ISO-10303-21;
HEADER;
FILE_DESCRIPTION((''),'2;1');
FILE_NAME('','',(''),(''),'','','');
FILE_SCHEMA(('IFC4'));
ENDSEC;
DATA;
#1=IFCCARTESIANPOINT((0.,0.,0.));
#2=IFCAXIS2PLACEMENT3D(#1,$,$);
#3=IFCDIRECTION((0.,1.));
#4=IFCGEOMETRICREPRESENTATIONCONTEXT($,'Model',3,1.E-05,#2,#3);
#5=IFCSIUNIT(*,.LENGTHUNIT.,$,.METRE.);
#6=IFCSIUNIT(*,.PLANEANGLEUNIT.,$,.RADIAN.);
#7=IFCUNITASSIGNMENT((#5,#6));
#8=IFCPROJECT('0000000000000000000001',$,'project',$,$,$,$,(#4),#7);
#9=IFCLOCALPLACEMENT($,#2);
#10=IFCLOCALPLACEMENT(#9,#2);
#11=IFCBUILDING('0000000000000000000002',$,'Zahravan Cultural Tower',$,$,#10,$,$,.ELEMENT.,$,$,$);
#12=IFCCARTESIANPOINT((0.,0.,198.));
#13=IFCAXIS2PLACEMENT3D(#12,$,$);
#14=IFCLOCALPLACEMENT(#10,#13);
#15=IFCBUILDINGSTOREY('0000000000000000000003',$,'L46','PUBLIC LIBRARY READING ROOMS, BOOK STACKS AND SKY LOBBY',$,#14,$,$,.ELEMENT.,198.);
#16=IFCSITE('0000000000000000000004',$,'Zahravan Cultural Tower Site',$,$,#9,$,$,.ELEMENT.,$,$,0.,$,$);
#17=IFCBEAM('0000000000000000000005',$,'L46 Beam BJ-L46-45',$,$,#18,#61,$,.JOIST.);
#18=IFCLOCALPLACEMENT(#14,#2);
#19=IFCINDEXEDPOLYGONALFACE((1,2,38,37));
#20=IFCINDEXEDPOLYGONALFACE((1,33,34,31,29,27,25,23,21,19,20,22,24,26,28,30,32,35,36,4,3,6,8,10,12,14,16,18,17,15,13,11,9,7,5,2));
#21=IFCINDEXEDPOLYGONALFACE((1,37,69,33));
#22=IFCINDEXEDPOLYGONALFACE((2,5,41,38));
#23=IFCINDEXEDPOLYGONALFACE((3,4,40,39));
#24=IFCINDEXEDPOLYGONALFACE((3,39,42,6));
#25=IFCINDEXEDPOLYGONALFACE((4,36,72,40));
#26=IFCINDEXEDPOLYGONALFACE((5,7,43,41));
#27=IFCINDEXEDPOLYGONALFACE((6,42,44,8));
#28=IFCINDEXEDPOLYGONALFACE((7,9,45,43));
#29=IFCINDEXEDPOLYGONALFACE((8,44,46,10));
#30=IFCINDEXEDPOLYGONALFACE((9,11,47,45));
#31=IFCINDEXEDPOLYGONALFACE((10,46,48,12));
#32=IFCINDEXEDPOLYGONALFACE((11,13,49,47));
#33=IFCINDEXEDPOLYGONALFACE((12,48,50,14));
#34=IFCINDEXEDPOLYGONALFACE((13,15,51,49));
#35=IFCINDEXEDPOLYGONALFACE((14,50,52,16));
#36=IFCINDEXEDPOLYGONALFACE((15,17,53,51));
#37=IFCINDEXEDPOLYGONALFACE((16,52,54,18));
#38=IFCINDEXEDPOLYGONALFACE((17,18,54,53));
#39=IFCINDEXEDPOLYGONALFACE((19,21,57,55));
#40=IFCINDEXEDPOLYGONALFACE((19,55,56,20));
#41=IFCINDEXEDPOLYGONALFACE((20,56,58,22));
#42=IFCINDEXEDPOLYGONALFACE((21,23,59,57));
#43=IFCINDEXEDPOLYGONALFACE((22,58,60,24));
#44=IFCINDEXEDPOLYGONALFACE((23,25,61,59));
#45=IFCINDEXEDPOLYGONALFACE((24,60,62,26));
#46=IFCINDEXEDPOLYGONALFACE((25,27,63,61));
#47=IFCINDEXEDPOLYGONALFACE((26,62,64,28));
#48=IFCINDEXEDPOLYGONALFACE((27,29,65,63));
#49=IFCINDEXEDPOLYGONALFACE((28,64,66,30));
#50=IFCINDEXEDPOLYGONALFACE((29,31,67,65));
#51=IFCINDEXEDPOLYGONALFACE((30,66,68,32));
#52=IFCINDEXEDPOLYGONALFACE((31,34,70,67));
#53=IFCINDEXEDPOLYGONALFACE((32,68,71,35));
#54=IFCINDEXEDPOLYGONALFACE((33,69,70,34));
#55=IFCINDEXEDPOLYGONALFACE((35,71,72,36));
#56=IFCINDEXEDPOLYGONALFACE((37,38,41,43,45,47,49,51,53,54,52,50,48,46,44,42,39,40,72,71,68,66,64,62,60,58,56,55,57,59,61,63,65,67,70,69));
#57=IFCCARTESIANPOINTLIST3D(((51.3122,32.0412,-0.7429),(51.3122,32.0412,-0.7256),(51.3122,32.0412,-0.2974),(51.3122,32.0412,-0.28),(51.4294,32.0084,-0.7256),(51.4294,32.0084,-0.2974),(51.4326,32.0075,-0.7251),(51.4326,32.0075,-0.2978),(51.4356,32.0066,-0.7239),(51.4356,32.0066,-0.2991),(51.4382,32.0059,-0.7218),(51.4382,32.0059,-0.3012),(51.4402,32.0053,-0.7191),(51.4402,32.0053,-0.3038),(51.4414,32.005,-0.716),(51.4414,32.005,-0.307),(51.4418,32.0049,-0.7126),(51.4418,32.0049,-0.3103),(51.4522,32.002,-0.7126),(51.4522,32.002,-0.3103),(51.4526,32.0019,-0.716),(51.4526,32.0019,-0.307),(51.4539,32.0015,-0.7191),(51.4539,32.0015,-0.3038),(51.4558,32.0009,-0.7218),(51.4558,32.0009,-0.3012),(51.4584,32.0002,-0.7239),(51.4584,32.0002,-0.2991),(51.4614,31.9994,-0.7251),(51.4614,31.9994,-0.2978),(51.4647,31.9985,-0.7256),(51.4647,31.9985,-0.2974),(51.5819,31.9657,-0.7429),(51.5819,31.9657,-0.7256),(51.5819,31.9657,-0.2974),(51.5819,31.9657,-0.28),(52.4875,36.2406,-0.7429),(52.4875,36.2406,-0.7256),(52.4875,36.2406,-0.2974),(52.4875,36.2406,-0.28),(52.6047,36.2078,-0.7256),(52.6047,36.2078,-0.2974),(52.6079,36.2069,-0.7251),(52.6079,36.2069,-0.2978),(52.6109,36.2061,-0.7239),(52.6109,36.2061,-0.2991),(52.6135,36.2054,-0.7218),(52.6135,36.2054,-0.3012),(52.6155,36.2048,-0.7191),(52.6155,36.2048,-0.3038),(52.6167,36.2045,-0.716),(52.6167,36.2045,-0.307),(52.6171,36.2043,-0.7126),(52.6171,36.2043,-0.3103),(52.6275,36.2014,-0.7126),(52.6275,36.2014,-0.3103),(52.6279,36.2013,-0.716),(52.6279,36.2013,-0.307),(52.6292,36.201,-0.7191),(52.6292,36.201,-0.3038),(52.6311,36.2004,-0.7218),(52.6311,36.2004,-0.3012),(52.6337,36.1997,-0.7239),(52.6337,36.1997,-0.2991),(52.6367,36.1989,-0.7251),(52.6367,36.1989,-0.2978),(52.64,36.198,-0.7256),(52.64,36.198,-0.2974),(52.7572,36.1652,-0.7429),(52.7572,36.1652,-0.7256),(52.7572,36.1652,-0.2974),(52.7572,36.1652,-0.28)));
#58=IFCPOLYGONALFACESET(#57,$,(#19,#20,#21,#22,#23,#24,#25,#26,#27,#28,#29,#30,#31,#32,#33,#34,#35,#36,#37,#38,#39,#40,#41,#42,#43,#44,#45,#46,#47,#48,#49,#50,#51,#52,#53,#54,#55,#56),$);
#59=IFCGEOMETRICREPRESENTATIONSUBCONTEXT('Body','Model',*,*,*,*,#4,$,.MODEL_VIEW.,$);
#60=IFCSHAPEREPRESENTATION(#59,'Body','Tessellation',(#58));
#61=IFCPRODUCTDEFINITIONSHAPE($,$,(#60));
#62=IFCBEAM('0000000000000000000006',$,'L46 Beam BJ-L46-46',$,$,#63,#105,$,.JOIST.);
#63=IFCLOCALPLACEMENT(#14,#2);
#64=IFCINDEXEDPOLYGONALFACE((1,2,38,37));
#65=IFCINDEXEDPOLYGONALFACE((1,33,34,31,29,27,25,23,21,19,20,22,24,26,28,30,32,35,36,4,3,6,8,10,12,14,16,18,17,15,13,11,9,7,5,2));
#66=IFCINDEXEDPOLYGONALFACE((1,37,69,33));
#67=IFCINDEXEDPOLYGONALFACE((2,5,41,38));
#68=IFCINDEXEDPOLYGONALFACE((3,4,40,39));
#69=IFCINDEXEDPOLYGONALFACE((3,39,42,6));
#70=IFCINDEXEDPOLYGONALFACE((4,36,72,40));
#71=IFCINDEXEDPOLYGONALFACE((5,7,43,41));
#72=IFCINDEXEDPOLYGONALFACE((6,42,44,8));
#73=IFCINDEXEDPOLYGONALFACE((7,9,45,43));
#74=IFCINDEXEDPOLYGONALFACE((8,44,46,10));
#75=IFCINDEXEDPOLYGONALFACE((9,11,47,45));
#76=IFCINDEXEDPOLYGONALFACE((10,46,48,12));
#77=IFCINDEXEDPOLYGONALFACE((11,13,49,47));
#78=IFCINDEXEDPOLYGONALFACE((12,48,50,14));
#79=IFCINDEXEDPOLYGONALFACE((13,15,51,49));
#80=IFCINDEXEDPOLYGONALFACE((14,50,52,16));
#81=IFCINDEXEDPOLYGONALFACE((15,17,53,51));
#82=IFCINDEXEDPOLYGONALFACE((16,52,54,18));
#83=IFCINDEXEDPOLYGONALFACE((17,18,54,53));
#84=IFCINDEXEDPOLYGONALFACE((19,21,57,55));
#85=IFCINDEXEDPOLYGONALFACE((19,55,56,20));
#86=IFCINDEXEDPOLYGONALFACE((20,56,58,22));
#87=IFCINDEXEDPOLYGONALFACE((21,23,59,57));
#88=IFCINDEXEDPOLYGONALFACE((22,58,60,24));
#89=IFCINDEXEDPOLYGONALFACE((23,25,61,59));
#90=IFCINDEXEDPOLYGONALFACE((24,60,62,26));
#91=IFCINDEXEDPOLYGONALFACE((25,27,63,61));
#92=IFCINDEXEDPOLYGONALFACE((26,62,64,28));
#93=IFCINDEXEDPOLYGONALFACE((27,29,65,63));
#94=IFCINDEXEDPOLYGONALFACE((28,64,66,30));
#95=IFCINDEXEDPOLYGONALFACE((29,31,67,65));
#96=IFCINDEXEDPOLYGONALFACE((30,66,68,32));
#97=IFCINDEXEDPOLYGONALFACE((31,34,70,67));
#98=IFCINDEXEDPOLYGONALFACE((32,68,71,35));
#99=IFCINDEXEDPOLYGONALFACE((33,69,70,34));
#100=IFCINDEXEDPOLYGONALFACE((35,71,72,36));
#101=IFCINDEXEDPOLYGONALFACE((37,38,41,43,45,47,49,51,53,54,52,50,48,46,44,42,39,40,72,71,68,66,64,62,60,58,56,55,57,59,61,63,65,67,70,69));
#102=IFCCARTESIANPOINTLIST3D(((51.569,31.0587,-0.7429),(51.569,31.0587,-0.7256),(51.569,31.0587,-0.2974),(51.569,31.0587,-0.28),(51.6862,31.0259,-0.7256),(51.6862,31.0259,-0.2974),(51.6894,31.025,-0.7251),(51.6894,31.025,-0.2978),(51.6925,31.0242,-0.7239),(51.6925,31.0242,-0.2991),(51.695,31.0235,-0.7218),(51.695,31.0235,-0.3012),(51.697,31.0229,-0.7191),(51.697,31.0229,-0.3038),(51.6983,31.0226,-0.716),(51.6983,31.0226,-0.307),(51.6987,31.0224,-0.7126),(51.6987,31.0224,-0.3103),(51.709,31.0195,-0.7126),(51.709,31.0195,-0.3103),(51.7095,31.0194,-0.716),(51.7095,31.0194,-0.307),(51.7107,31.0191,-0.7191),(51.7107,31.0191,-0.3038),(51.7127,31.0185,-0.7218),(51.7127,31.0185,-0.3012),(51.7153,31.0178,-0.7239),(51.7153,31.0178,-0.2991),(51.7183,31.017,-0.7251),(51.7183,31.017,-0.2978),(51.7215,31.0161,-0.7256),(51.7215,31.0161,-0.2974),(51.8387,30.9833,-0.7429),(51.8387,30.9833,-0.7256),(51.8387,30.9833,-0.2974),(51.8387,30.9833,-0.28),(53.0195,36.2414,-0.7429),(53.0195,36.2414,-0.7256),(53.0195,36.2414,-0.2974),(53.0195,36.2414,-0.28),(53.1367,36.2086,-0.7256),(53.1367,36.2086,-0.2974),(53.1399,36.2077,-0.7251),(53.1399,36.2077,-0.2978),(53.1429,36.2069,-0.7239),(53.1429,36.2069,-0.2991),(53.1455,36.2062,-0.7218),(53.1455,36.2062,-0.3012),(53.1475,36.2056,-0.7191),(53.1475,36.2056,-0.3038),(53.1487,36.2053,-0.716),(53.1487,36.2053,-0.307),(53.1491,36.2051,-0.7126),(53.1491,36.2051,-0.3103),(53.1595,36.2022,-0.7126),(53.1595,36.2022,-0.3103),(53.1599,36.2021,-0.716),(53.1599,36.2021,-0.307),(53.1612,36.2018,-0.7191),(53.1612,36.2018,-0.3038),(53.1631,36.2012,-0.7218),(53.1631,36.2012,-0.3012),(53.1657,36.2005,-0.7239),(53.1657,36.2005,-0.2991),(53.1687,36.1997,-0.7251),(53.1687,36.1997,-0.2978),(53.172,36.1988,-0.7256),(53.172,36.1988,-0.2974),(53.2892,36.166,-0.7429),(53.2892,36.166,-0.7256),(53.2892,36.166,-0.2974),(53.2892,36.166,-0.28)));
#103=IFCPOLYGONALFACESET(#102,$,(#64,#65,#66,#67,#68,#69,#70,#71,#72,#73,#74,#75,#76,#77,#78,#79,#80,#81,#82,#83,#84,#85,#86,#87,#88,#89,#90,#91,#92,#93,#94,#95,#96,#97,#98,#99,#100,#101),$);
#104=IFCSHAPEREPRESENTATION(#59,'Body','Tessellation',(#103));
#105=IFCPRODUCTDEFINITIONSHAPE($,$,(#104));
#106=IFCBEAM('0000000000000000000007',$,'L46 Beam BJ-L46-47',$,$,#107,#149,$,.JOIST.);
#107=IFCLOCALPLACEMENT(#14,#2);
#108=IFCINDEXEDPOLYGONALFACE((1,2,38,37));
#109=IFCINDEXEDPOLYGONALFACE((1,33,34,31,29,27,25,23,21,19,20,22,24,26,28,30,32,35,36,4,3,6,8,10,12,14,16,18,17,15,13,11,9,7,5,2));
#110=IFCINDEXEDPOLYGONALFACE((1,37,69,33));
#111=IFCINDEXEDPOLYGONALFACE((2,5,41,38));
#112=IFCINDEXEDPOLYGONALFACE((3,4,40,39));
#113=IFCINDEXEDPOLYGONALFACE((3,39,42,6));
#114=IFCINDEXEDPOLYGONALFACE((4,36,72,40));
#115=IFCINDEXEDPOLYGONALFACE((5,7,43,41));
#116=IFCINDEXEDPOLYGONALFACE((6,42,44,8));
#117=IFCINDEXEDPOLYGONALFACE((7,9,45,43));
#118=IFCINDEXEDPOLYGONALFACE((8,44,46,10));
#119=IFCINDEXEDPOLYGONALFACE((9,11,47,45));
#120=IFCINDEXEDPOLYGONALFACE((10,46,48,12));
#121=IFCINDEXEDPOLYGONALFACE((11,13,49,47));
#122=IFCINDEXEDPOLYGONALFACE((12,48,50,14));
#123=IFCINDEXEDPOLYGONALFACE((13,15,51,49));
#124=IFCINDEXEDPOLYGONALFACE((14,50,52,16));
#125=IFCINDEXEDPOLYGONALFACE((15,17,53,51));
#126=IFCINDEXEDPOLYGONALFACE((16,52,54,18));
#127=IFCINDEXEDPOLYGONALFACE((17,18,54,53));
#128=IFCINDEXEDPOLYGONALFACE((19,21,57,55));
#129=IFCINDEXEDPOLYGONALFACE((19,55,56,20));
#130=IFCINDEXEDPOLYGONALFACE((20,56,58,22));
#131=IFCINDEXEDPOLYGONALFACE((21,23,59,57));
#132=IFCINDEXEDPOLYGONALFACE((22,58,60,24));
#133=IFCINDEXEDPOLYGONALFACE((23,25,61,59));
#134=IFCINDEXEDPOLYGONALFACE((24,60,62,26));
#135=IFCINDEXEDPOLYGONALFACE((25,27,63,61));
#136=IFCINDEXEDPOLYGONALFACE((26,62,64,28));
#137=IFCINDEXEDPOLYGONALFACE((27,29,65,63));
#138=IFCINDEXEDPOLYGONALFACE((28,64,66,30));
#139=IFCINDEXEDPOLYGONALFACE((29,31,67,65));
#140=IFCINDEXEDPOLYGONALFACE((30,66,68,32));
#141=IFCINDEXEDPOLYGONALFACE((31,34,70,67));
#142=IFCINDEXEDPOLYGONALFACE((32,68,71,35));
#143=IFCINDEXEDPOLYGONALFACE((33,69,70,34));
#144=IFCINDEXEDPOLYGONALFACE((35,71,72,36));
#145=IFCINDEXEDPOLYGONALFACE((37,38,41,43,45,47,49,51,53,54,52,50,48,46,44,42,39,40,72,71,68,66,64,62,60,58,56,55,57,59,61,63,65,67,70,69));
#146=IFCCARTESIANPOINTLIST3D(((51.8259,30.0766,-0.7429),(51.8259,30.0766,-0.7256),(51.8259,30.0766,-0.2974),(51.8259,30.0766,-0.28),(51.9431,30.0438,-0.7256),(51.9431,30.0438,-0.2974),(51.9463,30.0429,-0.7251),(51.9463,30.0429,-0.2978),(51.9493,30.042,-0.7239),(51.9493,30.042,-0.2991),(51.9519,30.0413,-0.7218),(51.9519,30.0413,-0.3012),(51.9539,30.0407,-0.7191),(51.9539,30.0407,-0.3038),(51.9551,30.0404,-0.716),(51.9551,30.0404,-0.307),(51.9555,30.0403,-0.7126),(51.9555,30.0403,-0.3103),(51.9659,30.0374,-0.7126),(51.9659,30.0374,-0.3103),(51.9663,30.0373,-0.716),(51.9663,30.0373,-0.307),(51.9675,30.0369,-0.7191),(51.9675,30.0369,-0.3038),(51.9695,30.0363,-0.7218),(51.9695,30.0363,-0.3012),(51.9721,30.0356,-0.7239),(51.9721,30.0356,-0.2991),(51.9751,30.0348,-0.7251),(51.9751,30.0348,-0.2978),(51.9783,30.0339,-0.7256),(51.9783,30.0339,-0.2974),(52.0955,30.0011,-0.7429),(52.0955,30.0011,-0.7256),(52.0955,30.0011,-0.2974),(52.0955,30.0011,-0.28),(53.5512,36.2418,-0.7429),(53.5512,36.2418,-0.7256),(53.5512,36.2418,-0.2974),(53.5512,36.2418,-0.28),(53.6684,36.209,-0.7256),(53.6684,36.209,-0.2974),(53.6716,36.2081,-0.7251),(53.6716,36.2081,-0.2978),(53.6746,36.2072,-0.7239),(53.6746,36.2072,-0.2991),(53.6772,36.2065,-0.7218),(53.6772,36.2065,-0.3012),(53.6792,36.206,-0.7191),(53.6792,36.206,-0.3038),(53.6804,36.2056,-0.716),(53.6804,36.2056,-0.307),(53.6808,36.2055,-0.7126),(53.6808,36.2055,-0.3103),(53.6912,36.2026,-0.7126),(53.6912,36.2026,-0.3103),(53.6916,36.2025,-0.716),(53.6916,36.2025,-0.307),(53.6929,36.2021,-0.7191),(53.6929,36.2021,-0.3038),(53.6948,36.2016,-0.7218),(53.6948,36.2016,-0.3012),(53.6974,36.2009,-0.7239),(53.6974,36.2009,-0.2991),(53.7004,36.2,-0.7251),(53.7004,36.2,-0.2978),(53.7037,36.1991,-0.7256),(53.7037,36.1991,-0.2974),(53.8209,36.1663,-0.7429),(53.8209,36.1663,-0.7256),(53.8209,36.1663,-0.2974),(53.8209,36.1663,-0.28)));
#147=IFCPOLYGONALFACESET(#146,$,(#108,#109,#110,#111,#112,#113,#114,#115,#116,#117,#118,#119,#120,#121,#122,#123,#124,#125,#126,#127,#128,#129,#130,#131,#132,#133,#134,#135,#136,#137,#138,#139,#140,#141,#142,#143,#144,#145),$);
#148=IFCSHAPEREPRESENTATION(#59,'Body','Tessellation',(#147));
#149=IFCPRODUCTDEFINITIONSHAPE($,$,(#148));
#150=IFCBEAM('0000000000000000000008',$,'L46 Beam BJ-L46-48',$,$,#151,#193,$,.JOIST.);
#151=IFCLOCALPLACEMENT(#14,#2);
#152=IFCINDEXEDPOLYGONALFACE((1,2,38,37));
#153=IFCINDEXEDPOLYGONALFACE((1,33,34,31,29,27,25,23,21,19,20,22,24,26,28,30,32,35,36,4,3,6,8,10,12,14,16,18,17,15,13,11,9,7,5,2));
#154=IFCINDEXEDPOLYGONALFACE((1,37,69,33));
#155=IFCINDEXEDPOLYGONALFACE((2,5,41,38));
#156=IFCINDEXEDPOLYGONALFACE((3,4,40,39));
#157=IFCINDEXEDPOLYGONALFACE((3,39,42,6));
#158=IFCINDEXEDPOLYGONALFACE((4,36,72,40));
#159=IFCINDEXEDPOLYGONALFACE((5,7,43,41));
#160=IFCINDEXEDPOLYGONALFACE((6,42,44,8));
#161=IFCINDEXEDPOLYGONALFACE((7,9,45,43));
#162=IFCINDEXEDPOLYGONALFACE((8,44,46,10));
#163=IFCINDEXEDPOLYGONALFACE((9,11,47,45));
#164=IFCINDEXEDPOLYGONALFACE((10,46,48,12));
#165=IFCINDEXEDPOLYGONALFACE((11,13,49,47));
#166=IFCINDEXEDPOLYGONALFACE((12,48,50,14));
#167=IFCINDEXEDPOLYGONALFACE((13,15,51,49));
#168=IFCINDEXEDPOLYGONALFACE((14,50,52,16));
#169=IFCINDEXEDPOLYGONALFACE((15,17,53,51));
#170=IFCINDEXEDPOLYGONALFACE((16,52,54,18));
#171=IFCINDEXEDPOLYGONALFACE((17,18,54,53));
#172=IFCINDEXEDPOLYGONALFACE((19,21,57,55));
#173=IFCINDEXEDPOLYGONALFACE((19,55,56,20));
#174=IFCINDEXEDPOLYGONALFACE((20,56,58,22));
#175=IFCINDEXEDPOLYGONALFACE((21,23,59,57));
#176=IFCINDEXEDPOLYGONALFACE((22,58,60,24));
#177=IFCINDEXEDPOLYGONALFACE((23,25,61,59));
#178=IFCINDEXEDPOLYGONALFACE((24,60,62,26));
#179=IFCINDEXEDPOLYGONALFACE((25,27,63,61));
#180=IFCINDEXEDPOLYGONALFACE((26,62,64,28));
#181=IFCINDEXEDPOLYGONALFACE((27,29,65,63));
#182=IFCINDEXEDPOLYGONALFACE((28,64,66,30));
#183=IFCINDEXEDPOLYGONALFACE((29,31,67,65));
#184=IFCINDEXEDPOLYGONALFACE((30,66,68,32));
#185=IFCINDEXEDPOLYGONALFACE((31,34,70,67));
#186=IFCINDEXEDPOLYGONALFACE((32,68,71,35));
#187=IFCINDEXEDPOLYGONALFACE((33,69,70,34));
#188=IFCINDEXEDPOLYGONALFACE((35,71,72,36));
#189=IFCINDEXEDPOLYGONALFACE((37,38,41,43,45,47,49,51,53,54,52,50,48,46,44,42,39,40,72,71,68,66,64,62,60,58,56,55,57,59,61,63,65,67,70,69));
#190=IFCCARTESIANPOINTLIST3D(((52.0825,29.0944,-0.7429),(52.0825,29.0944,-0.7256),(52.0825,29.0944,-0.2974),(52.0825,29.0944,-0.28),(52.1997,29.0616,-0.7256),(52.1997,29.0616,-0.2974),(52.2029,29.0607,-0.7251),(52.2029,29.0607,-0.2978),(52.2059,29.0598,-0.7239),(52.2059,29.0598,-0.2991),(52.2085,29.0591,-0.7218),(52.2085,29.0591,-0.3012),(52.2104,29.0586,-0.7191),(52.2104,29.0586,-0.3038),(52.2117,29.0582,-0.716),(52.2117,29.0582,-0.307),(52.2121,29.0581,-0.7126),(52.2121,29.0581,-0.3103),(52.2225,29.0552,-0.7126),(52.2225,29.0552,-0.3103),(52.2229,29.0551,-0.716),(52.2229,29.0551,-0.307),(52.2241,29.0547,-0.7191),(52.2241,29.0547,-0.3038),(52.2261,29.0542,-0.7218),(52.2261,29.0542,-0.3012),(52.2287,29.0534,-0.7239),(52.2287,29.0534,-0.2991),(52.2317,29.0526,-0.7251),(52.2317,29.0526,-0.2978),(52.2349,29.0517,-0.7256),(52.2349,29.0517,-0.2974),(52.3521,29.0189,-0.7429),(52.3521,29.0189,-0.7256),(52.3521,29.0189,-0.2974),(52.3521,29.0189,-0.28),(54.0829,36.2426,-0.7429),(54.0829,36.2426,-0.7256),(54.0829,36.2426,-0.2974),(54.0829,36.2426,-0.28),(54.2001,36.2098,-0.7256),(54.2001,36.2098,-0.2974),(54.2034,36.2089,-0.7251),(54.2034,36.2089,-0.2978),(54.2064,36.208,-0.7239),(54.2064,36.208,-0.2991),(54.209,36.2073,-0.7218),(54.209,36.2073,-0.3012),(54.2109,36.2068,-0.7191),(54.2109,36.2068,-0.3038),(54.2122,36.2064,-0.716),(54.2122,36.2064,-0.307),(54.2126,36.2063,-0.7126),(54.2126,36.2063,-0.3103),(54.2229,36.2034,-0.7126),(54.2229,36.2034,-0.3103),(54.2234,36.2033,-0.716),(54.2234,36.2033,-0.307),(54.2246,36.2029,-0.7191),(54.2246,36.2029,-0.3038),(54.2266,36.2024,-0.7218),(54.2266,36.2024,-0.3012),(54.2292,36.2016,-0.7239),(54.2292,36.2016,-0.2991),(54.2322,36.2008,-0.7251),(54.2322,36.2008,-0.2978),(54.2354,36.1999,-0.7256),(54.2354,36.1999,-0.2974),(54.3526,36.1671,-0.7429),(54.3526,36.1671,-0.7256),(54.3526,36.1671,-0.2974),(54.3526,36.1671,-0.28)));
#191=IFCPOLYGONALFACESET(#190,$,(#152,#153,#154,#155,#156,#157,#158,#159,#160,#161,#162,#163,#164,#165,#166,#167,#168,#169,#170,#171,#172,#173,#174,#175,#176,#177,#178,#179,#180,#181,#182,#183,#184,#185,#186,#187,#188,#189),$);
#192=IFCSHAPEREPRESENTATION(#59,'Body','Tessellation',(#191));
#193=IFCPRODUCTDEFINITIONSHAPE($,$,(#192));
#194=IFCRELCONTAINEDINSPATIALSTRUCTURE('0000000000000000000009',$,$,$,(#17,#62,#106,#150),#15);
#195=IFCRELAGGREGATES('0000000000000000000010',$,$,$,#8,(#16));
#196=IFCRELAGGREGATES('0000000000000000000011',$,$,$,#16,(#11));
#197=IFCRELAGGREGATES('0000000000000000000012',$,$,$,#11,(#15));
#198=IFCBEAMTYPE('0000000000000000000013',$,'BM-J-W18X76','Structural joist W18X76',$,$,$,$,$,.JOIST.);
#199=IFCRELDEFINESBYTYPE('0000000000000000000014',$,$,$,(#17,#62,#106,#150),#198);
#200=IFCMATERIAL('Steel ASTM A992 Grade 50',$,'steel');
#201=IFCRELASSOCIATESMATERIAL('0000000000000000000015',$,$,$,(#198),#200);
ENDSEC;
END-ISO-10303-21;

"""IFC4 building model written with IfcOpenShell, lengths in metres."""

from ifc_helpers import new_model, si_unit, direction, frame, origin, origin_2d, place, context, subcontext, project, spatial, i_section, extrude, source, transform, mapped, material, material_profile, profile_set, type_object, element, save


model = new_model("IFC4")

# Units and contexts
model_context = context("Model", 3, precision=1e-05, world=origin(), true_north=direction((0.0, 1.0)))
body_context = subcontext(model_context, "Body", "Model", "MODEL_VIEW")
ifc_project = project(units=[si_unit("LENGTHUNIT", "METRE"), si_unit("PLANEANGLEUNIT", "RADIAN")], contexts=[model_context])

# Site, building, storey
site_placement = place(None, origin())
site = spatial("IfcSite", under=ifc_project, at=site_placement, Name="Zahravan Cultural Tower Site", CompositionType="ELEMENT", RefElevation=0.0)
building_placement = place(site_placement, origin())
building = spatial("IfcBuilding", under=site, at=building_placement, Name="Zahravan Cultural Tower", CompositionType="ELEMENT")
storey_placement = place(building_placement, frame((0.0, 0.0, 198.0)))
storey = spatial("IfcBuildingStorey", under=building, at=storey_placement, Name="L46", Description="PUBLIC LIBRARY READING ROOMS, BOOK STACKS AND SKY LOBBY", CompositionType="ELEMENT", Elevation=198.0)

# Shared definitions
ifc_material_1 = material(Name="Steel ASTM A992 Grade 50", Category="steel")

# Beams
ifc_material_profile_1 = material_profile(ifc_material_1, i_section(OverallWidth=0.28, OverallDepth=0.4629, WebThickness=0.0107, FlangeThickness=0.0173, FilletRadius=0.0129, at=origin_2d()), Name="W18X76")
ifc_profile_set_1 = profile_set([ifc_material_profile_1], Name="Steel ASTM A992 Grade 50")
beam_type_1 = type_object("IfcBeamType", Name="BM-J-W18X76", Description="Structural joist W18X76", PredefinedType="JOIST", material=ifc_profile_set_1)
shared_shape_1 = source(origin(), body_context, "Body", "SweptSolid", [
    extrude(i_section(OverallWidth=0.28, OverallDepth=0.4629, WebThickness=0.0107, FlangeThickness=0.0173, FilletRadius=0.0129, at=origin_2d()), origin(), (0.0, 0.0, 1.0), 4.3608),
])
beam_1_placement = place(storey_placement, frame((51.447, 32.0034, -0.5115), z_axis=(0.269512, 0.962997, 0.0), x_axis=(-0.962997, 0.269512, 0.0)))
element("IfcBeam", 1, at=beam_1_placement, inside=storey, type_object=beam_type_1, Name="L46 Beam BJ-L46-45", PredefinedType="JOIST", context=body_context, shape_type="MappedRepresentation", body=[
    mapped(shared_shape_1, transform((0.0, 0.0, 0.0), x_axis=(1.0, 0.0, 0.0), y_axis=(0.0, 1.0, 0.0), z_axis=(0.0, 0.0, 1.0), scale=1.0)),
])
shared_shape_2 = source(origin(), body_context, "Body", "SweptSolid", [
    extrude(i_section(OverallWidth=0.28, OverallDepth=0.4629, WebThickness=0.0107, FlangeThickness=0.0173, FilletRadius=0.0129, at=origin_2d()), origin(), (0.0, 0.0, 1.0), 5.3818),
])
beam_2_placement = place(storey_placement, frame((51.7039, 31.021, -0.5115), z_axis=(0.26951, 0.962997, 0.0), x_axis=(-0.962997, 0.26951, 0.0)))
element("IfcBeam", 2, at=beam_2_placement, inside=storey, type_object=beam_type_1, Name="L46 Beam BJ-L46-46", PredefinedType="JOIST", context=body_context, shape_type="MappedRepresentation", body=[
    mapped(shared_shape_2, transform((0.0, 0.0, 0.0), x_axis=(1.0, 0.0, 0.0), y_axis=(0.0, 1.0, 0.0), z_axis=(0.0, 0.0, 1.0), scale=1.0)),
])
shared_shape_3 = source(origin(), body_context, "Body", "SweptSolid", [
    extrude(i_section(OverallWidth=0.28, OverallDepth=0.4629, WebThickness=0.0107, FlangeThickness=0.0173, FilletRadius=0.0129, at=origin_2d()), origin(), (0.0, 0.0, 1.0), 6.4021),
])
beam_3_placement = place(storey_placement, frame((51.9607, 30.0388, -0.5115), z_axis=(0.269494, 0.963002, 0.0), x_axis=(-0.963002, 0.269494, 0.0)))
element("IfcBeam", 3, at=beam_3_placement, inside=storey, type_object=beam_type_1, Name="L46 Beam BJ-L46-47", PredefinedType="JOIST", context=body_context, shape_type="MappedRepresentation", body=[
    mapped(shared_shape_3, transform((0.0, 0.0, 0.0), x_axis=(1.0, 0.0, 0.0), y_axis=(0.0, 1.0, 0.0), z_axis=(0.0, 0.0, 1.0), scale=1.0)),
])
shared_shape_4 = source(origin(), body_context, "Body", "SweptSolid", [
    extrude(i_section(OverallWidth=0.28, OverallDepth=0.4629, WebThickness=0.0107, FlangeThickness=0.0173, FilletRadius=0.0129, at=origin_2d()), origin(), (0.0, 0.0, 1.0), 7.4229),
])
beam_4_placement = place(storey_placement, frame((52.2173, 29.0566, -0.5115), z_axis=(0.269504, 0.962999, 0.0), x_axis=(-0.962999, 0.269504, 0.0)))
element("IfcBeam", 4, at=beam_4_placement, inside=storey, type_object=beam_type_1, Name="L46 Beam BJ-L46-48", PredefinedType="JOIST", context=body_context, shape_type="MappedRepresentation", body=[
    mapped(shared_shape_4, transform((0.0, 0.0, 0.0), x_axis=(1.0, 0.0, 0.0), y_axis=(0.0, 1.0, 0.0), z_axis=(0.0, 0.0, 1.0), scale=1.0)),
])

save(model, "model.ifc")
